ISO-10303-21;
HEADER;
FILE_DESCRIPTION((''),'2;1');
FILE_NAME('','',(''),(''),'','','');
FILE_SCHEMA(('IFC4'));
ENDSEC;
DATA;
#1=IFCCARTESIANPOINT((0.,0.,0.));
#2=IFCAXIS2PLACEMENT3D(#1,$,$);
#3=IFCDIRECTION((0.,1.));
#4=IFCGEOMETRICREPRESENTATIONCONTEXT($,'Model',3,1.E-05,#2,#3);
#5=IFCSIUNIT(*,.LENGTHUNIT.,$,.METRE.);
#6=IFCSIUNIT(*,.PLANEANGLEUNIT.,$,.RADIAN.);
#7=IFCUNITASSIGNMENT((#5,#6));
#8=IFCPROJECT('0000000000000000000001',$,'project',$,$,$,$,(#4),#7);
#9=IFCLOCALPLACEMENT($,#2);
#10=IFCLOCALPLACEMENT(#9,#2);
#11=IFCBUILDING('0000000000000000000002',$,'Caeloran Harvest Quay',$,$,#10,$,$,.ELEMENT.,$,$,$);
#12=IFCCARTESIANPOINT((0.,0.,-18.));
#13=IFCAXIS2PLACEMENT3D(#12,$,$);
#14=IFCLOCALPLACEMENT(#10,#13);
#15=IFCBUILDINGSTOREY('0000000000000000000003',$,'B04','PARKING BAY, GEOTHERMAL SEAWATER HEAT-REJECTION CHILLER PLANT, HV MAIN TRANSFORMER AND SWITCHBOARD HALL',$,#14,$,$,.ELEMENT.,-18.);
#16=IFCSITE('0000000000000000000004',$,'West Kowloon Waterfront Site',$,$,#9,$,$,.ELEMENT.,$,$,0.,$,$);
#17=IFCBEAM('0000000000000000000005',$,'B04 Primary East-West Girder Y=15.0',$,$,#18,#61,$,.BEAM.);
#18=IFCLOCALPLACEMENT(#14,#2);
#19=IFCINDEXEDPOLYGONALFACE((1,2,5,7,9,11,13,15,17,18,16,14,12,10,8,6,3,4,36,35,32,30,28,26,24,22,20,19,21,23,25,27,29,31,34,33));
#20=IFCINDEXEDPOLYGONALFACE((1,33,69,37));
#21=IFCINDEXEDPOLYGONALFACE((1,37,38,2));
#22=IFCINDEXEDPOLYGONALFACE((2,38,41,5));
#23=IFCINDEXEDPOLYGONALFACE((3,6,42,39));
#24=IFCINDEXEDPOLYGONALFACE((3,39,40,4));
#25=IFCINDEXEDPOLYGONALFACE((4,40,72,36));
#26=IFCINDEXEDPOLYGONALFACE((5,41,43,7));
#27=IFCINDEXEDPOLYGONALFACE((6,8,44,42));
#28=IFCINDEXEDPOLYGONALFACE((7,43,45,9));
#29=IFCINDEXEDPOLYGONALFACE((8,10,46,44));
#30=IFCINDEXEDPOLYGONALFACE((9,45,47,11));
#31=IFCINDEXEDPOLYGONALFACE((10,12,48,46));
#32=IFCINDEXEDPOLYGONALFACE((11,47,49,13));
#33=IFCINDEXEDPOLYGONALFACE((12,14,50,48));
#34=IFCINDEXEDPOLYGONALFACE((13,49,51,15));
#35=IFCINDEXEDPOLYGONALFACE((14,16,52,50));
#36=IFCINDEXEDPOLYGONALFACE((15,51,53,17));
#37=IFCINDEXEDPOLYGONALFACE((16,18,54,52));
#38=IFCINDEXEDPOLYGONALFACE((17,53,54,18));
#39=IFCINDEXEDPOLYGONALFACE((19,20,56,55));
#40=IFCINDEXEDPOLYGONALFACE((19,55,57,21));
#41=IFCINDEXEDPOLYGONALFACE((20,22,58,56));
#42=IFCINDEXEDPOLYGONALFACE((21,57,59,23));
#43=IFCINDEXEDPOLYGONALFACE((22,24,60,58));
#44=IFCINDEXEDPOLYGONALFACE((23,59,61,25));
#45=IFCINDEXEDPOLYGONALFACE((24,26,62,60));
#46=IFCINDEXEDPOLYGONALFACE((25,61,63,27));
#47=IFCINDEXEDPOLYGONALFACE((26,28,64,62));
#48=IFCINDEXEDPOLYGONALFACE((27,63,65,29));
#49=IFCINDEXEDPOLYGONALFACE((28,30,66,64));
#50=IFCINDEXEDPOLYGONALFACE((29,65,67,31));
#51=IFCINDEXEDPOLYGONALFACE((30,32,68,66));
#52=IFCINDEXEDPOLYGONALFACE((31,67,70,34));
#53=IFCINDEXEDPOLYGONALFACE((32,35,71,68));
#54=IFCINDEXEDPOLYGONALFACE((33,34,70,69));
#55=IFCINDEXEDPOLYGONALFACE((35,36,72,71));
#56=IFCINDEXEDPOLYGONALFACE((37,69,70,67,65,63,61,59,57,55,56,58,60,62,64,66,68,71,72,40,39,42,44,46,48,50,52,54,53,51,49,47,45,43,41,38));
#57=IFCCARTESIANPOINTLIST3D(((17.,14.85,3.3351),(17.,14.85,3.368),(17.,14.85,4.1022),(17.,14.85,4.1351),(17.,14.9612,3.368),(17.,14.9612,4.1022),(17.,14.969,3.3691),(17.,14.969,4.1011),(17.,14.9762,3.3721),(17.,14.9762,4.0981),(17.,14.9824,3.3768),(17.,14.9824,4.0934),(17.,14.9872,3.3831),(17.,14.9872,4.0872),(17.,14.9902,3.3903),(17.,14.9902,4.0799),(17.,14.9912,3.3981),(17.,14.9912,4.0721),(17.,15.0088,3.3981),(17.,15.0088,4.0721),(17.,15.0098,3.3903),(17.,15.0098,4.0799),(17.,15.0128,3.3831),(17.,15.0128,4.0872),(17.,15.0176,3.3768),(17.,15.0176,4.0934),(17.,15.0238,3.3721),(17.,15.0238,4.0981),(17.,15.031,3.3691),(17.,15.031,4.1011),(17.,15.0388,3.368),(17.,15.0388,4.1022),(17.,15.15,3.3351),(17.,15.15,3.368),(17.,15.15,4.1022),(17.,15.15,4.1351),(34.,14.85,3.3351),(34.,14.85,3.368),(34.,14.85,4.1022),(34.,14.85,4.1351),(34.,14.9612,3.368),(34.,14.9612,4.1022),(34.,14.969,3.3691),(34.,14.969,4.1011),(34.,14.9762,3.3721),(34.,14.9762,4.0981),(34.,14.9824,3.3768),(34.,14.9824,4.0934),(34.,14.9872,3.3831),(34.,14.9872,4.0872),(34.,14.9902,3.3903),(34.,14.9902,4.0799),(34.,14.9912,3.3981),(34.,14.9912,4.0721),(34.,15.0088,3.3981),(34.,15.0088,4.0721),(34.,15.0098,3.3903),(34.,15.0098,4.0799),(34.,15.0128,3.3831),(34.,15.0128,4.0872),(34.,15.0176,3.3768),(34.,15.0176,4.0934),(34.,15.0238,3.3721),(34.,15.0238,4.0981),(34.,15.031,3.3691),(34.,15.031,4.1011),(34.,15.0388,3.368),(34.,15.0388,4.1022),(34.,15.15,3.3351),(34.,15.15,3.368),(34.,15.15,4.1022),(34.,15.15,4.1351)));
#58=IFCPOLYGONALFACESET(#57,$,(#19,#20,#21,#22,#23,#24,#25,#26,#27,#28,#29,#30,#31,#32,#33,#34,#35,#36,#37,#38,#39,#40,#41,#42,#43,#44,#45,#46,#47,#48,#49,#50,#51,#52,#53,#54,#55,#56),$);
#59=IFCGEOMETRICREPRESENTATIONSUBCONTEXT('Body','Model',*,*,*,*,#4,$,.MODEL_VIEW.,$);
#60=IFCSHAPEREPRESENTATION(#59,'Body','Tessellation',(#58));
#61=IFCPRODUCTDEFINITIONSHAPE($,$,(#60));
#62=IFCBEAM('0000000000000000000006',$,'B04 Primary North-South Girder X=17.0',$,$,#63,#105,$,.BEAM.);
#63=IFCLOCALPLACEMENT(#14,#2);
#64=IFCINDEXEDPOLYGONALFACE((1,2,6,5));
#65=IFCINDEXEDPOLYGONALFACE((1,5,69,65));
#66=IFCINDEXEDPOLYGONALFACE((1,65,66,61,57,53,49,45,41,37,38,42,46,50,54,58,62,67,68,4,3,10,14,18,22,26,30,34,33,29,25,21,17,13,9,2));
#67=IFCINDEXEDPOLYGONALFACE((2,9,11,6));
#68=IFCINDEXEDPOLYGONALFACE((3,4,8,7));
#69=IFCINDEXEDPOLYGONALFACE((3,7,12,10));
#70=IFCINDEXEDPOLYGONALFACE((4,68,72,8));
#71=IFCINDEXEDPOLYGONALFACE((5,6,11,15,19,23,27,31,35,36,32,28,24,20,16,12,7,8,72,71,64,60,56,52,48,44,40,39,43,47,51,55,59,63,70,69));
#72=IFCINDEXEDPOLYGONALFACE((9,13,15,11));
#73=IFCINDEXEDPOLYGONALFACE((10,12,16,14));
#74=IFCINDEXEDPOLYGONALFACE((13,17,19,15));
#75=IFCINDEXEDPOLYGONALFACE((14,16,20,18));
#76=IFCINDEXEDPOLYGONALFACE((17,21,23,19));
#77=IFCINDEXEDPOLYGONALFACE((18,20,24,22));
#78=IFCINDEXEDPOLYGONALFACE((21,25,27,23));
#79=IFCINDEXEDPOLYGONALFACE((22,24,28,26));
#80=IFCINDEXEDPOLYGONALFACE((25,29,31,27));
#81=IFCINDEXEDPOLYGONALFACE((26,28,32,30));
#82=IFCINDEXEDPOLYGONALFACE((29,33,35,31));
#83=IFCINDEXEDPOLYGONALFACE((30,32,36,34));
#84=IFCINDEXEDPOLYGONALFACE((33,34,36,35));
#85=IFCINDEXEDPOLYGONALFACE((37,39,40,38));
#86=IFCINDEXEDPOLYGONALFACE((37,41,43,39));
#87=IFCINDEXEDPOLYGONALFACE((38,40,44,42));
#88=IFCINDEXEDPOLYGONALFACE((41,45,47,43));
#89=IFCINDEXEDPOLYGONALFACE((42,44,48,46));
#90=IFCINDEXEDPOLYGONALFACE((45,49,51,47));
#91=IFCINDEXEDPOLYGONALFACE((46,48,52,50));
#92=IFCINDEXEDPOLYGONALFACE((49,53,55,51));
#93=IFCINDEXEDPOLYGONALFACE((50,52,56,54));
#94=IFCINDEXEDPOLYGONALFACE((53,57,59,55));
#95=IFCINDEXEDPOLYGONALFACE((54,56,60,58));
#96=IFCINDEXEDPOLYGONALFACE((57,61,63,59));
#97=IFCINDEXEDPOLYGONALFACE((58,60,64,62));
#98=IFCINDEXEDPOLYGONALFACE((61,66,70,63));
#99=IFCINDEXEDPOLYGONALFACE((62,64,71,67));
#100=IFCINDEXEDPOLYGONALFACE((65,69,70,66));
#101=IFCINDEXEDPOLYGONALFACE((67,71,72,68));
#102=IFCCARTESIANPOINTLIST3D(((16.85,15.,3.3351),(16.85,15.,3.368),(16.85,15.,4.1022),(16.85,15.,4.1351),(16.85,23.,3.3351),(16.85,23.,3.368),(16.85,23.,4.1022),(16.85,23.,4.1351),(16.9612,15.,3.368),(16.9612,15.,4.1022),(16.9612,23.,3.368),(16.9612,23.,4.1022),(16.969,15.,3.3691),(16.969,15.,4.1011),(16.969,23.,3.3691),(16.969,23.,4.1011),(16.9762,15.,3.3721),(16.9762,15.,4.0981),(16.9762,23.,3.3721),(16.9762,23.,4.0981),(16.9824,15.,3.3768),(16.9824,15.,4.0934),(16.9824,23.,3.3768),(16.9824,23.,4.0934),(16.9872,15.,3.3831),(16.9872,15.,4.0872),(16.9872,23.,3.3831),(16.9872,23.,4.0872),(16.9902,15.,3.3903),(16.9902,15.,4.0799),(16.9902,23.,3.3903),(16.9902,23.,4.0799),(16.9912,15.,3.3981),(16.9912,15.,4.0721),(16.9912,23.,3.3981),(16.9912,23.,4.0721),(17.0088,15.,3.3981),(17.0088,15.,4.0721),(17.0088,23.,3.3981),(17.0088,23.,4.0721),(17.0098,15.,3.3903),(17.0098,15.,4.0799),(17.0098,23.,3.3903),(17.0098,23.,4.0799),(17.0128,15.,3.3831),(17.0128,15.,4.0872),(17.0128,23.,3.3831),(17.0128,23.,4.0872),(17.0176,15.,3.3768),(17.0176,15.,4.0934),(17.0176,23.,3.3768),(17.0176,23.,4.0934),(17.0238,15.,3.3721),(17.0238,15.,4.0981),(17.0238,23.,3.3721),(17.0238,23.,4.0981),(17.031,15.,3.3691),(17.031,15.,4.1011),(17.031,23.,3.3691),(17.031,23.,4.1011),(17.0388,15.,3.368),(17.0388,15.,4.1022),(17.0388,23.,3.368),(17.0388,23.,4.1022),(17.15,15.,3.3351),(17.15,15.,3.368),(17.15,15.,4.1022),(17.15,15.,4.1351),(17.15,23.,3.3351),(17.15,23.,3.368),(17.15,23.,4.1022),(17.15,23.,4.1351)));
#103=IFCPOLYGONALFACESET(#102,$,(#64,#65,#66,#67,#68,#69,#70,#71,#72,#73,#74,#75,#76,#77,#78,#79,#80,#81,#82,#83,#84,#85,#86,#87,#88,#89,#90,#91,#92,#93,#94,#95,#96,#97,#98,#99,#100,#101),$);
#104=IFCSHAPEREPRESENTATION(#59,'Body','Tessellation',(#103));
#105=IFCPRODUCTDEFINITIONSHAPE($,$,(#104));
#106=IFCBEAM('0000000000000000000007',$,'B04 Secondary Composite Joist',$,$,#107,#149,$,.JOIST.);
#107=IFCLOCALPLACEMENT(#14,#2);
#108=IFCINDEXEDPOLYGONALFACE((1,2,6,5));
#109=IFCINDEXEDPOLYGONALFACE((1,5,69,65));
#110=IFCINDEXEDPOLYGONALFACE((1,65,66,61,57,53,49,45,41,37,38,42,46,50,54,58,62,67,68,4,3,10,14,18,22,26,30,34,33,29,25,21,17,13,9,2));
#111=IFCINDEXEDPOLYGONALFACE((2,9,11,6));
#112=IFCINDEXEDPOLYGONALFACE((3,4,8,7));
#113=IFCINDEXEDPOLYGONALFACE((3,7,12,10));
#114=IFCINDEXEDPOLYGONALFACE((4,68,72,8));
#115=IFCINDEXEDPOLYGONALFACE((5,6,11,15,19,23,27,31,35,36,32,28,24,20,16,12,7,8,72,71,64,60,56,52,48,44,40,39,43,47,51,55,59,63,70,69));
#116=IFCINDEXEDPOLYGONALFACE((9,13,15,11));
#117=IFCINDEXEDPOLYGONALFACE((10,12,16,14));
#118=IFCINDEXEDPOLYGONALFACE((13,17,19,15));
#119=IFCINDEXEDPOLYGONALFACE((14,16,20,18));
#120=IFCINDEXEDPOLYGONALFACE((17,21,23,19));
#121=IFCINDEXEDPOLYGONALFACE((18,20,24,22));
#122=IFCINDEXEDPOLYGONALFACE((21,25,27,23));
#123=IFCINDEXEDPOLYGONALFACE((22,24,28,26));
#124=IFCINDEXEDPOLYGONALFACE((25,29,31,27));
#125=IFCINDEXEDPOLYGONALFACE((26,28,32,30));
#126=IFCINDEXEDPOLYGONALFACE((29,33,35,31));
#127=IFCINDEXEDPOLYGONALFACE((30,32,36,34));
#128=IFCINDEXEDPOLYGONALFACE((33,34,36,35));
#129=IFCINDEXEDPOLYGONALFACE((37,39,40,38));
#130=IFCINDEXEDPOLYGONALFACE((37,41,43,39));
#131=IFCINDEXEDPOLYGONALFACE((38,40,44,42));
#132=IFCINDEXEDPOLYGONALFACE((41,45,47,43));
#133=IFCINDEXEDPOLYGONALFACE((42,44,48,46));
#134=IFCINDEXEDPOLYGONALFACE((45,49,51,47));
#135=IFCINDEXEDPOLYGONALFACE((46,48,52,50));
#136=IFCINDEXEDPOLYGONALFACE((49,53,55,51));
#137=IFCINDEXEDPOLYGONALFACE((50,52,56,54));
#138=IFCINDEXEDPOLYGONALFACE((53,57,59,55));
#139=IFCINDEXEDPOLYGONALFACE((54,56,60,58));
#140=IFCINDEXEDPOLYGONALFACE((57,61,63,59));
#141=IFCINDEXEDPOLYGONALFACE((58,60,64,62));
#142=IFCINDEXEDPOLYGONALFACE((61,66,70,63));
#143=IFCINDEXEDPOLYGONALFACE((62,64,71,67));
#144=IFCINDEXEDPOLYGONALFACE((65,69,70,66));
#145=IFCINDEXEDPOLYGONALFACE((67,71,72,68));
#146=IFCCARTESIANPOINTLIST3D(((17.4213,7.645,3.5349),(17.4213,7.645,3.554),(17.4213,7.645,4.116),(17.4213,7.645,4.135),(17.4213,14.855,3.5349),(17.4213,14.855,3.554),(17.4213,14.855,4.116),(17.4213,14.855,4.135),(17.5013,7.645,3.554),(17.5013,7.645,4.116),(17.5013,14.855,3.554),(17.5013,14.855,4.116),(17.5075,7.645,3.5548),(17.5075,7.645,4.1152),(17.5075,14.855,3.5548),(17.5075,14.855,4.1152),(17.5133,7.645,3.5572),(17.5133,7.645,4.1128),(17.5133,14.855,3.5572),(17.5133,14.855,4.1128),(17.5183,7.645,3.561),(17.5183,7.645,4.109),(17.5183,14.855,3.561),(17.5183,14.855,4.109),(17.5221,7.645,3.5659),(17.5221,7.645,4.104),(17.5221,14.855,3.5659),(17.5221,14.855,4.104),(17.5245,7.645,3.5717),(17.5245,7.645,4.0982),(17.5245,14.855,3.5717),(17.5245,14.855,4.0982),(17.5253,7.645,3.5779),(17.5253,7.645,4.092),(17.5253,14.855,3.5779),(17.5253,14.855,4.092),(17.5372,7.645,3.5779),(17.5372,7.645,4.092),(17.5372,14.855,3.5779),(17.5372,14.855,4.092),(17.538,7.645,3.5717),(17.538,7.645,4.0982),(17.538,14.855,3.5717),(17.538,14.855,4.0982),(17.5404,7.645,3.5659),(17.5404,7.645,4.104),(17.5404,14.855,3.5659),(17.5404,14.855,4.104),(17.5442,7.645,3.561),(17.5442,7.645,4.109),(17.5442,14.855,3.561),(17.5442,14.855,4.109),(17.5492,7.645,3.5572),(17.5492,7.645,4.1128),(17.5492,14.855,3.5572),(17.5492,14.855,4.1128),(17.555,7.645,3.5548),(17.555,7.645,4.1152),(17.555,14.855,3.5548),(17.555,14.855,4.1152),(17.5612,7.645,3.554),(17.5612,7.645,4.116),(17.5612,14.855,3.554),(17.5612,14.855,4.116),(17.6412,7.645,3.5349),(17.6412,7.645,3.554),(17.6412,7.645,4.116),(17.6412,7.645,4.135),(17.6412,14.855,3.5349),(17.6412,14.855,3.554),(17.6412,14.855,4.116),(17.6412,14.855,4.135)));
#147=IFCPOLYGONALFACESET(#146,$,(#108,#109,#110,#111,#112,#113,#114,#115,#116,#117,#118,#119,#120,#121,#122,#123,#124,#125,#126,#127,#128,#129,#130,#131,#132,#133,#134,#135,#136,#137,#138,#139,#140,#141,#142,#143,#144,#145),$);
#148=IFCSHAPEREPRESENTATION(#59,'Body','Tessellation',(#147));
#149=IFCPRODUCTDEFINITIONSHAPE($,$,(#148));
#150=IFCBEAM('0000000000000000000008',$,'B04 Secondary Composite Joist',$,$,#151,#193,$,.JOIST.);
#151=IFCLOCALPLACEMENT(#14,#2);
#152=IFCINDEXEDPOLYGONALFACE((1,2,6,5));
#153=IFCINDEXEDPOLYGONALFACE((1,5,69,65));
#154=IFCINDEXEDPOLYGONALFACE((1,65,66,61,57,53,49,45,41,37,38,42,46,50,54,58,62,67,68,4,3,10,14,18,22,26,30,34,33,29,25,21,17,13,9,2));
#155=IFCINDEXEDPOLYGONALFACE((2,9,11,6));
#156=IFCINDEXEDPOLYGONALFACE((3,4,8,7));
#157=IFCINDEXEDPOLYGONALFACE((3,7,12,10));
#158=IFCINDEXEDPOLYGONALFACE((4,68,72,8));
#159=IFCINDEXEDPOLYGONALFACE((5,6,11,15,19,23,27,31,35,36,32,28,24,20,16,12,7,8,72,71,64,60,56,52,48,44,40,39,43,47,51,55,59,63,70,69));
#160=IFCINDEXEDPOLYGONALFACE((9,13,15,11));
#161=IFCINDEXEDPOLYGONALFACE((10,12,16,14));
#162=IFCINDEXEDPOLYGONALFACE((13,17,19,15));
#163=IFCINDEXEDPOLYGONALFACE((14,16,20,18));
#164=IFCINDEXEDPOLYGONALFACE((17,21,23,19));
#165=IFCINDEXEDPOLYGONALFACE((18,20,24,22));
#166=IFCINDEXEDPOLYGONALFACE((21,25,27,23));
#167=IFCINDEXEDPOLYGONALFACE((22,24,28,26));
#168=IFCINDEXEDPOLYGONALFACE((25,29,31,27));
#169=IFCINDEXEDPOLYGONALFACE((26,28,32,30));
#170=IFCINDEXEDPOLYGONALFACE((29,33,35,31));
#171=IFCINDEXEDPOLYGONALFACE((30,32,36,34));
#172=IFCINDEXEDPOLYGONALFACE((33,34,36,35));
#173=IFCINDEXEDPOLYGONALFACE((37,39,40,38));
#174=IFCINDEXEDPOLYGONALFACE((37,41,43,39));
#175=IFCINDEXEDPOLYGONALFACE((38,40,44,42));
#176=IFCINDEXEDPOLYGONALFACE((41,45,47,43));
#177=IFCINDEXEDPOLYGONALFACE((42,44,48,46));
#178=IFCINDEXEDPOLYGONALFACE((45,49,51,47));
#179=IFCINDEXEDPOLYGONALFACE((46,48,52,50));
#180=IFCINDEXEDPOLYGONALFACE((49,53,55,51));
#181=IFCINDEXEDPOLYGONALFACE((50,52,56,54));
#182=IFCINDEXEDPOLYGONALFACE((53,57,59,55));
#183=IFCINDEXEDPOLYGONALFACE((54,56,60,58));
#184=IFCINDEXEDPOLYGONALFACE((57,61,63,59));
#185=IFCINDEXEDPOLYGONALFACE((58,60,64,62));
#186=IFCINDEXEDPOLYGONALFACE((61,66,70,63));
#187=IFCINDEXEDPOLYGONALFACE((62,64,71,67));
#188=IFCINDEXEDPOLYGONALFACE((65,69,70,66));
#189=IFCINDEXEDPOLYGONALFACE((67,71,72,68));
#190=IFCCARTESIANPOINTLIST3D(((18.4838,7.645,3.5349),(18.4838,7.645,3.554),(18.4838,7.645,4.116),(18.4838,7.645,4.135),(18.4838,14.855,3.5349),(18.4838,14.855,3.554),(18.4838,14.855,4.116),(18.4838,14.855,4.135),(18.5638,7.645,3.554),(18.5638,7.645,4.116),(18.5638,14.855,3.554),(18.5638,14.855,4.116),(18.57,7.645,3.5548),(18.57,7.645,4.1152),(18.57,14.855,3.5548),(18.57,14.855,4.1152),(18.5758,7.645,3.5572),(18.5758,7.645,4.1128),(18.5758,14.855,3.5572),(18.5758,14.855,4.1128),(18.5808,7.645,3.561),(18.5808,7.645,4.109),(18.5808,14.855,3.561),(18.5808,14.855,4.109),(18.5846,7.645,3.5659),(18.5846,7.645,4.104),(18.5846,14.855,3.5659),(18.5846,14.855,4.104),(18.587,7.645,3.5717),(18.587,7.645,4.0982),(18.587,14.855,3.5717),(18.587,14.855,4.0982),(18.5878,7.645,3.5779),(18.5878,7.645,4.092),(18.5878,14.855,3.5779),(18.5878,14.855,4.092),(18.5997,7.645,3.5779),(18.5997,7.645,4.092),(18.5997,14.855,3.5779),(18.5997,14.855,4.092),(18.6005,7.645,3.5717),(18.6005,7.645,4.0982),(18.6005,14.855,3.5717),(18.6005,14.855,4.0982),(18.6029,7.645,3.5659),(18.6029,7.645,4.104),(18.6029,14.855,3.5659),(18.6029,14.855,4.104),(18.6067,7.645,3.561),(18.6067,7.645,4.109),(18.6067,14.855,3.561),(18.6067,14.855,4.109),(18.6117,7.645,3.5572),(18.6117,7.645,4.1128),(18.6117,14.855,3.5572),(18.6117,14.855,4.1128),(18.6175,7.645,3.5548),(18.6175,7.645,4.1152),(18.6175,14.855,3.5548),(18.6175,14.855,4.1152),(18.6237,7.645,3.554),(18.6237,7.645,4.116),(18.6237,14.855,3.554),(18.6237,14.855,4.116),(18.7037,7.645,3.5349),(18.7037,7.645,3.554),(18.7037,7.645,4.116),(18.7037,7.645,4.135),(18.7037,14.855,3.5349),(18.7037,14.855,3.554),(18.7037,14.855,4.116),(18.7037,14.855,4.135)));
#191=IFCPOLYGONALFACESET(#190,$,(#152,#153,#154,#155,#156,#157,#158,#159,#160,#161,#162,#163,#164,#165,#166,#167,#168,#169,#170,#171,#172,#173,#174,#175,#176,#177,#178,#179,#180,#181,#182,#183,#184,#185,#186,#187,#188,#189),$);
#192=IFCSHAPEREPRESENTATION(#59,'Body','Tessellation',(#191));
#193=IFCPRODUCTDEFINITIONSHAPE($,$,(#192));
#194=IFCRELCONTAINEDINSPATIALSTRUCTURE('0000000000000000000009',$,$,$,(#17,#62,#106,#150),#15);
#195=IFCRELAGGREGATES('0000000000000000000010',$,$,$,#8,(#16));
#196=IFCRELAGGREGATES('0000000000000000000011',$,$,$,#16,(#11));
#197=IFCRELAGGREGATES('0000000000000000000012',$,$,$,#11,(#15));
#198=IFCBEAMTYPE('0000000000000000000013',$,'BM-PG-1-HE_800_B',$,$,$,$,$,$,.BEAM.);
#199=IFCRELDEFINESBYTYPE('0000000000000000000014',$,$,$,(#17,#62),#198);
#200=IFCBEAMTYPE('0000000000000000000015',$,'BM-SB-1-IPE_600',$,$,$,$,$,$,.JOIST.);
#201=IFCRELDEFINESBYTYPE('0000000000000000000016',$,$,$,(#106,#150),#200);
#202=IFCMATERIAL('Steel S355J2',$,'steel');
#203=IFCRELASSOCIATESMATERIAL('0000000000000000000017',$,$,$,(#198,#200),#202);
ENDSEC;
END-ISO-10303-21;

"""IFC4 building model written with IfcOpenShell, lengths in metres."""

from ifc_helpers import new_model, si_unit, direction, frame, origin, origin_2d, place, context, subcontext, project, spatial, i_section, extrude, material, material_profile, profile_set, type_object, element, save


model = new_model("IFC4")

# Units and contexts
model_context = context("Model", 3, precision=1e-05, world=origin(), true_north=direction((0.0, 1.0)))
body_context = subcontext(model_context, "Body", "Model", "MODEL_VIEW")
ifc_project = project(units=[si_unit("LENGTHUNIT", "METRE"), si_unit("PLANEANGLEUNIT", "RADIAN")], contexts=[model_context])

# Site, building, storey
site_placement = place(None, origin())
site = spatial("IfcSite", under=ifc_project, at=site_placement, Name="West Kowloon Waterfront Site", CompositionType="ELEMENT", RefElevation=0.0)
building_placement = place(site_placement, origin())
building = spatial("IfcBuilding", under=site, at=building_placement, Name="Caeloran Harvest Quay", CompositionType="ELEMENT")
storey_placement = place(building_placement, frame((0.0, 0.0, -18.0)))
storey = spatial("IfcBuildingStorey", under=building, at=storey_placement, Name="B04", Description="PARKING BAY, GEOTHERMAL SEAWATER HEAT-REJECTION CHILLER PLANT, HV MAIN TRANSFORMER AND SWITCHBOARD HALL", CompositionType="ELEMENT", Elevation=-18.0)

# Beams
ifc_material_1 = material(Name="Steel S355J2", Category="steel")
ifc_material_profile_1 = material_profile(ifc_material_1, i_section(OverallWidth=0.3, OverallDepth=0.8, WebThickness=0.0176, FlangeThickness=0.033, FilletRadius=0.03, at=origin_2d()), Name="HE 800 B")
ifc_profile_set_1 = profile_set([ifc_material_profile_1], Name="Steel S355J2")
beam_type_1 = type_object("IfcBeamType", Name="BM-PG-1-HE_800_B", PredefinedType="BEAM", material=ifc_profile_set_1)
beam_1_placement = place(storey_placement, frame((17.0, 15.0, 3.7351), z_axis=(1.0, 0.0, 0.0), x_axis=(0.0, 1.0, 0.0)))
element("IfcBeam", 1, at=beam_1_placement, inside=storey, type_object=beam_type_1, Name="B04 Primary East-West Girder Y=15.0", PredefinedType="BEAM", context=body_context, shape_type="SweptSolid", body=[
    extrude(i_section(OverallWidth=0.3, OverallDepth=0.8, WebThickness=0.0176, FlangeThickness=0.033, FilletRadius=0.03, at=origin_2d()), origin(), (0.0, 0.0, 1.0), 17.0),
])
beam_2_placement = place(storey_placement, frame((17.0, 15.0, 3.7351), z_axis=(0.0, 1.0, 0.0), x_axis=(-1.0, 0.0, 0.0)))
element("IfcBeam", 2, at=beam_2_placement, inside=storey, type_object=beam_type_1, Name="B04 Primary North-South Girder X=17.0", PredefinedType="BEAM", context=body_context, shape_type="SweptSolid", body=[
    extrude(i_section(OverallWidth=0.3, OverallDepth=0.8, WebThickness=0.0176, FlangeThickness=0.033, FilletRadius=0.03, at=origin_2d()), origin(), (0.0, 0.0, 1.0), 8.0),
])
ifc_material_profile_2 = material_profile(ifc_material_1, i_section(OverallWidth=0.22, OverallDepth=0.6001, WebThickness=0.012, FlangeThickness=0.019, FilletRadius=0.0239, at=origin_2d()), Name="IPE 600")
ifc_profile_set_2 = profile_set([ifc_material_profile_2], Name="Steel S355J2")
beam_type_2 = type_object("IfcBeamType", Name="BM-SB-1-IPE_600", PredefinedType="JOIST", material=ifc_profile_set_2)
for number, where, z_axis, x_axis, name in (
    (3, (17.5312, 7.645, 3.835), (0.0, 1.0, 0.0), (-1.0, 0.0, 0.0), "B04 Secondary Composite Joist"),
    (4, (18.5938, 7.645, 3.835), (0.0, 1.0, 0.0), (-1.0, 0.0, 0.0), "B04 Secondary Composite Joist"),
):
    element("IfcBeam", number, at=place(storey_placement, frame(where, z_axis=z_axis, x_axis=x_axis)), inside=storey, type_object=beam_type_2, Name=name, PredefinedType="JOIST", context=body_context, shape_type="SweptSolid", body=[
        extrude(i_section(OverallWidth=0.22, OverallDepth=0.6001, WebThickness=0.012, FlangeThickness=0.019, FilletRadius=0.0239, at=origin_2d()), origin(), (0.0, 0.0, 1.0), 7.21),
    ])

save(model, "model.ifc")
